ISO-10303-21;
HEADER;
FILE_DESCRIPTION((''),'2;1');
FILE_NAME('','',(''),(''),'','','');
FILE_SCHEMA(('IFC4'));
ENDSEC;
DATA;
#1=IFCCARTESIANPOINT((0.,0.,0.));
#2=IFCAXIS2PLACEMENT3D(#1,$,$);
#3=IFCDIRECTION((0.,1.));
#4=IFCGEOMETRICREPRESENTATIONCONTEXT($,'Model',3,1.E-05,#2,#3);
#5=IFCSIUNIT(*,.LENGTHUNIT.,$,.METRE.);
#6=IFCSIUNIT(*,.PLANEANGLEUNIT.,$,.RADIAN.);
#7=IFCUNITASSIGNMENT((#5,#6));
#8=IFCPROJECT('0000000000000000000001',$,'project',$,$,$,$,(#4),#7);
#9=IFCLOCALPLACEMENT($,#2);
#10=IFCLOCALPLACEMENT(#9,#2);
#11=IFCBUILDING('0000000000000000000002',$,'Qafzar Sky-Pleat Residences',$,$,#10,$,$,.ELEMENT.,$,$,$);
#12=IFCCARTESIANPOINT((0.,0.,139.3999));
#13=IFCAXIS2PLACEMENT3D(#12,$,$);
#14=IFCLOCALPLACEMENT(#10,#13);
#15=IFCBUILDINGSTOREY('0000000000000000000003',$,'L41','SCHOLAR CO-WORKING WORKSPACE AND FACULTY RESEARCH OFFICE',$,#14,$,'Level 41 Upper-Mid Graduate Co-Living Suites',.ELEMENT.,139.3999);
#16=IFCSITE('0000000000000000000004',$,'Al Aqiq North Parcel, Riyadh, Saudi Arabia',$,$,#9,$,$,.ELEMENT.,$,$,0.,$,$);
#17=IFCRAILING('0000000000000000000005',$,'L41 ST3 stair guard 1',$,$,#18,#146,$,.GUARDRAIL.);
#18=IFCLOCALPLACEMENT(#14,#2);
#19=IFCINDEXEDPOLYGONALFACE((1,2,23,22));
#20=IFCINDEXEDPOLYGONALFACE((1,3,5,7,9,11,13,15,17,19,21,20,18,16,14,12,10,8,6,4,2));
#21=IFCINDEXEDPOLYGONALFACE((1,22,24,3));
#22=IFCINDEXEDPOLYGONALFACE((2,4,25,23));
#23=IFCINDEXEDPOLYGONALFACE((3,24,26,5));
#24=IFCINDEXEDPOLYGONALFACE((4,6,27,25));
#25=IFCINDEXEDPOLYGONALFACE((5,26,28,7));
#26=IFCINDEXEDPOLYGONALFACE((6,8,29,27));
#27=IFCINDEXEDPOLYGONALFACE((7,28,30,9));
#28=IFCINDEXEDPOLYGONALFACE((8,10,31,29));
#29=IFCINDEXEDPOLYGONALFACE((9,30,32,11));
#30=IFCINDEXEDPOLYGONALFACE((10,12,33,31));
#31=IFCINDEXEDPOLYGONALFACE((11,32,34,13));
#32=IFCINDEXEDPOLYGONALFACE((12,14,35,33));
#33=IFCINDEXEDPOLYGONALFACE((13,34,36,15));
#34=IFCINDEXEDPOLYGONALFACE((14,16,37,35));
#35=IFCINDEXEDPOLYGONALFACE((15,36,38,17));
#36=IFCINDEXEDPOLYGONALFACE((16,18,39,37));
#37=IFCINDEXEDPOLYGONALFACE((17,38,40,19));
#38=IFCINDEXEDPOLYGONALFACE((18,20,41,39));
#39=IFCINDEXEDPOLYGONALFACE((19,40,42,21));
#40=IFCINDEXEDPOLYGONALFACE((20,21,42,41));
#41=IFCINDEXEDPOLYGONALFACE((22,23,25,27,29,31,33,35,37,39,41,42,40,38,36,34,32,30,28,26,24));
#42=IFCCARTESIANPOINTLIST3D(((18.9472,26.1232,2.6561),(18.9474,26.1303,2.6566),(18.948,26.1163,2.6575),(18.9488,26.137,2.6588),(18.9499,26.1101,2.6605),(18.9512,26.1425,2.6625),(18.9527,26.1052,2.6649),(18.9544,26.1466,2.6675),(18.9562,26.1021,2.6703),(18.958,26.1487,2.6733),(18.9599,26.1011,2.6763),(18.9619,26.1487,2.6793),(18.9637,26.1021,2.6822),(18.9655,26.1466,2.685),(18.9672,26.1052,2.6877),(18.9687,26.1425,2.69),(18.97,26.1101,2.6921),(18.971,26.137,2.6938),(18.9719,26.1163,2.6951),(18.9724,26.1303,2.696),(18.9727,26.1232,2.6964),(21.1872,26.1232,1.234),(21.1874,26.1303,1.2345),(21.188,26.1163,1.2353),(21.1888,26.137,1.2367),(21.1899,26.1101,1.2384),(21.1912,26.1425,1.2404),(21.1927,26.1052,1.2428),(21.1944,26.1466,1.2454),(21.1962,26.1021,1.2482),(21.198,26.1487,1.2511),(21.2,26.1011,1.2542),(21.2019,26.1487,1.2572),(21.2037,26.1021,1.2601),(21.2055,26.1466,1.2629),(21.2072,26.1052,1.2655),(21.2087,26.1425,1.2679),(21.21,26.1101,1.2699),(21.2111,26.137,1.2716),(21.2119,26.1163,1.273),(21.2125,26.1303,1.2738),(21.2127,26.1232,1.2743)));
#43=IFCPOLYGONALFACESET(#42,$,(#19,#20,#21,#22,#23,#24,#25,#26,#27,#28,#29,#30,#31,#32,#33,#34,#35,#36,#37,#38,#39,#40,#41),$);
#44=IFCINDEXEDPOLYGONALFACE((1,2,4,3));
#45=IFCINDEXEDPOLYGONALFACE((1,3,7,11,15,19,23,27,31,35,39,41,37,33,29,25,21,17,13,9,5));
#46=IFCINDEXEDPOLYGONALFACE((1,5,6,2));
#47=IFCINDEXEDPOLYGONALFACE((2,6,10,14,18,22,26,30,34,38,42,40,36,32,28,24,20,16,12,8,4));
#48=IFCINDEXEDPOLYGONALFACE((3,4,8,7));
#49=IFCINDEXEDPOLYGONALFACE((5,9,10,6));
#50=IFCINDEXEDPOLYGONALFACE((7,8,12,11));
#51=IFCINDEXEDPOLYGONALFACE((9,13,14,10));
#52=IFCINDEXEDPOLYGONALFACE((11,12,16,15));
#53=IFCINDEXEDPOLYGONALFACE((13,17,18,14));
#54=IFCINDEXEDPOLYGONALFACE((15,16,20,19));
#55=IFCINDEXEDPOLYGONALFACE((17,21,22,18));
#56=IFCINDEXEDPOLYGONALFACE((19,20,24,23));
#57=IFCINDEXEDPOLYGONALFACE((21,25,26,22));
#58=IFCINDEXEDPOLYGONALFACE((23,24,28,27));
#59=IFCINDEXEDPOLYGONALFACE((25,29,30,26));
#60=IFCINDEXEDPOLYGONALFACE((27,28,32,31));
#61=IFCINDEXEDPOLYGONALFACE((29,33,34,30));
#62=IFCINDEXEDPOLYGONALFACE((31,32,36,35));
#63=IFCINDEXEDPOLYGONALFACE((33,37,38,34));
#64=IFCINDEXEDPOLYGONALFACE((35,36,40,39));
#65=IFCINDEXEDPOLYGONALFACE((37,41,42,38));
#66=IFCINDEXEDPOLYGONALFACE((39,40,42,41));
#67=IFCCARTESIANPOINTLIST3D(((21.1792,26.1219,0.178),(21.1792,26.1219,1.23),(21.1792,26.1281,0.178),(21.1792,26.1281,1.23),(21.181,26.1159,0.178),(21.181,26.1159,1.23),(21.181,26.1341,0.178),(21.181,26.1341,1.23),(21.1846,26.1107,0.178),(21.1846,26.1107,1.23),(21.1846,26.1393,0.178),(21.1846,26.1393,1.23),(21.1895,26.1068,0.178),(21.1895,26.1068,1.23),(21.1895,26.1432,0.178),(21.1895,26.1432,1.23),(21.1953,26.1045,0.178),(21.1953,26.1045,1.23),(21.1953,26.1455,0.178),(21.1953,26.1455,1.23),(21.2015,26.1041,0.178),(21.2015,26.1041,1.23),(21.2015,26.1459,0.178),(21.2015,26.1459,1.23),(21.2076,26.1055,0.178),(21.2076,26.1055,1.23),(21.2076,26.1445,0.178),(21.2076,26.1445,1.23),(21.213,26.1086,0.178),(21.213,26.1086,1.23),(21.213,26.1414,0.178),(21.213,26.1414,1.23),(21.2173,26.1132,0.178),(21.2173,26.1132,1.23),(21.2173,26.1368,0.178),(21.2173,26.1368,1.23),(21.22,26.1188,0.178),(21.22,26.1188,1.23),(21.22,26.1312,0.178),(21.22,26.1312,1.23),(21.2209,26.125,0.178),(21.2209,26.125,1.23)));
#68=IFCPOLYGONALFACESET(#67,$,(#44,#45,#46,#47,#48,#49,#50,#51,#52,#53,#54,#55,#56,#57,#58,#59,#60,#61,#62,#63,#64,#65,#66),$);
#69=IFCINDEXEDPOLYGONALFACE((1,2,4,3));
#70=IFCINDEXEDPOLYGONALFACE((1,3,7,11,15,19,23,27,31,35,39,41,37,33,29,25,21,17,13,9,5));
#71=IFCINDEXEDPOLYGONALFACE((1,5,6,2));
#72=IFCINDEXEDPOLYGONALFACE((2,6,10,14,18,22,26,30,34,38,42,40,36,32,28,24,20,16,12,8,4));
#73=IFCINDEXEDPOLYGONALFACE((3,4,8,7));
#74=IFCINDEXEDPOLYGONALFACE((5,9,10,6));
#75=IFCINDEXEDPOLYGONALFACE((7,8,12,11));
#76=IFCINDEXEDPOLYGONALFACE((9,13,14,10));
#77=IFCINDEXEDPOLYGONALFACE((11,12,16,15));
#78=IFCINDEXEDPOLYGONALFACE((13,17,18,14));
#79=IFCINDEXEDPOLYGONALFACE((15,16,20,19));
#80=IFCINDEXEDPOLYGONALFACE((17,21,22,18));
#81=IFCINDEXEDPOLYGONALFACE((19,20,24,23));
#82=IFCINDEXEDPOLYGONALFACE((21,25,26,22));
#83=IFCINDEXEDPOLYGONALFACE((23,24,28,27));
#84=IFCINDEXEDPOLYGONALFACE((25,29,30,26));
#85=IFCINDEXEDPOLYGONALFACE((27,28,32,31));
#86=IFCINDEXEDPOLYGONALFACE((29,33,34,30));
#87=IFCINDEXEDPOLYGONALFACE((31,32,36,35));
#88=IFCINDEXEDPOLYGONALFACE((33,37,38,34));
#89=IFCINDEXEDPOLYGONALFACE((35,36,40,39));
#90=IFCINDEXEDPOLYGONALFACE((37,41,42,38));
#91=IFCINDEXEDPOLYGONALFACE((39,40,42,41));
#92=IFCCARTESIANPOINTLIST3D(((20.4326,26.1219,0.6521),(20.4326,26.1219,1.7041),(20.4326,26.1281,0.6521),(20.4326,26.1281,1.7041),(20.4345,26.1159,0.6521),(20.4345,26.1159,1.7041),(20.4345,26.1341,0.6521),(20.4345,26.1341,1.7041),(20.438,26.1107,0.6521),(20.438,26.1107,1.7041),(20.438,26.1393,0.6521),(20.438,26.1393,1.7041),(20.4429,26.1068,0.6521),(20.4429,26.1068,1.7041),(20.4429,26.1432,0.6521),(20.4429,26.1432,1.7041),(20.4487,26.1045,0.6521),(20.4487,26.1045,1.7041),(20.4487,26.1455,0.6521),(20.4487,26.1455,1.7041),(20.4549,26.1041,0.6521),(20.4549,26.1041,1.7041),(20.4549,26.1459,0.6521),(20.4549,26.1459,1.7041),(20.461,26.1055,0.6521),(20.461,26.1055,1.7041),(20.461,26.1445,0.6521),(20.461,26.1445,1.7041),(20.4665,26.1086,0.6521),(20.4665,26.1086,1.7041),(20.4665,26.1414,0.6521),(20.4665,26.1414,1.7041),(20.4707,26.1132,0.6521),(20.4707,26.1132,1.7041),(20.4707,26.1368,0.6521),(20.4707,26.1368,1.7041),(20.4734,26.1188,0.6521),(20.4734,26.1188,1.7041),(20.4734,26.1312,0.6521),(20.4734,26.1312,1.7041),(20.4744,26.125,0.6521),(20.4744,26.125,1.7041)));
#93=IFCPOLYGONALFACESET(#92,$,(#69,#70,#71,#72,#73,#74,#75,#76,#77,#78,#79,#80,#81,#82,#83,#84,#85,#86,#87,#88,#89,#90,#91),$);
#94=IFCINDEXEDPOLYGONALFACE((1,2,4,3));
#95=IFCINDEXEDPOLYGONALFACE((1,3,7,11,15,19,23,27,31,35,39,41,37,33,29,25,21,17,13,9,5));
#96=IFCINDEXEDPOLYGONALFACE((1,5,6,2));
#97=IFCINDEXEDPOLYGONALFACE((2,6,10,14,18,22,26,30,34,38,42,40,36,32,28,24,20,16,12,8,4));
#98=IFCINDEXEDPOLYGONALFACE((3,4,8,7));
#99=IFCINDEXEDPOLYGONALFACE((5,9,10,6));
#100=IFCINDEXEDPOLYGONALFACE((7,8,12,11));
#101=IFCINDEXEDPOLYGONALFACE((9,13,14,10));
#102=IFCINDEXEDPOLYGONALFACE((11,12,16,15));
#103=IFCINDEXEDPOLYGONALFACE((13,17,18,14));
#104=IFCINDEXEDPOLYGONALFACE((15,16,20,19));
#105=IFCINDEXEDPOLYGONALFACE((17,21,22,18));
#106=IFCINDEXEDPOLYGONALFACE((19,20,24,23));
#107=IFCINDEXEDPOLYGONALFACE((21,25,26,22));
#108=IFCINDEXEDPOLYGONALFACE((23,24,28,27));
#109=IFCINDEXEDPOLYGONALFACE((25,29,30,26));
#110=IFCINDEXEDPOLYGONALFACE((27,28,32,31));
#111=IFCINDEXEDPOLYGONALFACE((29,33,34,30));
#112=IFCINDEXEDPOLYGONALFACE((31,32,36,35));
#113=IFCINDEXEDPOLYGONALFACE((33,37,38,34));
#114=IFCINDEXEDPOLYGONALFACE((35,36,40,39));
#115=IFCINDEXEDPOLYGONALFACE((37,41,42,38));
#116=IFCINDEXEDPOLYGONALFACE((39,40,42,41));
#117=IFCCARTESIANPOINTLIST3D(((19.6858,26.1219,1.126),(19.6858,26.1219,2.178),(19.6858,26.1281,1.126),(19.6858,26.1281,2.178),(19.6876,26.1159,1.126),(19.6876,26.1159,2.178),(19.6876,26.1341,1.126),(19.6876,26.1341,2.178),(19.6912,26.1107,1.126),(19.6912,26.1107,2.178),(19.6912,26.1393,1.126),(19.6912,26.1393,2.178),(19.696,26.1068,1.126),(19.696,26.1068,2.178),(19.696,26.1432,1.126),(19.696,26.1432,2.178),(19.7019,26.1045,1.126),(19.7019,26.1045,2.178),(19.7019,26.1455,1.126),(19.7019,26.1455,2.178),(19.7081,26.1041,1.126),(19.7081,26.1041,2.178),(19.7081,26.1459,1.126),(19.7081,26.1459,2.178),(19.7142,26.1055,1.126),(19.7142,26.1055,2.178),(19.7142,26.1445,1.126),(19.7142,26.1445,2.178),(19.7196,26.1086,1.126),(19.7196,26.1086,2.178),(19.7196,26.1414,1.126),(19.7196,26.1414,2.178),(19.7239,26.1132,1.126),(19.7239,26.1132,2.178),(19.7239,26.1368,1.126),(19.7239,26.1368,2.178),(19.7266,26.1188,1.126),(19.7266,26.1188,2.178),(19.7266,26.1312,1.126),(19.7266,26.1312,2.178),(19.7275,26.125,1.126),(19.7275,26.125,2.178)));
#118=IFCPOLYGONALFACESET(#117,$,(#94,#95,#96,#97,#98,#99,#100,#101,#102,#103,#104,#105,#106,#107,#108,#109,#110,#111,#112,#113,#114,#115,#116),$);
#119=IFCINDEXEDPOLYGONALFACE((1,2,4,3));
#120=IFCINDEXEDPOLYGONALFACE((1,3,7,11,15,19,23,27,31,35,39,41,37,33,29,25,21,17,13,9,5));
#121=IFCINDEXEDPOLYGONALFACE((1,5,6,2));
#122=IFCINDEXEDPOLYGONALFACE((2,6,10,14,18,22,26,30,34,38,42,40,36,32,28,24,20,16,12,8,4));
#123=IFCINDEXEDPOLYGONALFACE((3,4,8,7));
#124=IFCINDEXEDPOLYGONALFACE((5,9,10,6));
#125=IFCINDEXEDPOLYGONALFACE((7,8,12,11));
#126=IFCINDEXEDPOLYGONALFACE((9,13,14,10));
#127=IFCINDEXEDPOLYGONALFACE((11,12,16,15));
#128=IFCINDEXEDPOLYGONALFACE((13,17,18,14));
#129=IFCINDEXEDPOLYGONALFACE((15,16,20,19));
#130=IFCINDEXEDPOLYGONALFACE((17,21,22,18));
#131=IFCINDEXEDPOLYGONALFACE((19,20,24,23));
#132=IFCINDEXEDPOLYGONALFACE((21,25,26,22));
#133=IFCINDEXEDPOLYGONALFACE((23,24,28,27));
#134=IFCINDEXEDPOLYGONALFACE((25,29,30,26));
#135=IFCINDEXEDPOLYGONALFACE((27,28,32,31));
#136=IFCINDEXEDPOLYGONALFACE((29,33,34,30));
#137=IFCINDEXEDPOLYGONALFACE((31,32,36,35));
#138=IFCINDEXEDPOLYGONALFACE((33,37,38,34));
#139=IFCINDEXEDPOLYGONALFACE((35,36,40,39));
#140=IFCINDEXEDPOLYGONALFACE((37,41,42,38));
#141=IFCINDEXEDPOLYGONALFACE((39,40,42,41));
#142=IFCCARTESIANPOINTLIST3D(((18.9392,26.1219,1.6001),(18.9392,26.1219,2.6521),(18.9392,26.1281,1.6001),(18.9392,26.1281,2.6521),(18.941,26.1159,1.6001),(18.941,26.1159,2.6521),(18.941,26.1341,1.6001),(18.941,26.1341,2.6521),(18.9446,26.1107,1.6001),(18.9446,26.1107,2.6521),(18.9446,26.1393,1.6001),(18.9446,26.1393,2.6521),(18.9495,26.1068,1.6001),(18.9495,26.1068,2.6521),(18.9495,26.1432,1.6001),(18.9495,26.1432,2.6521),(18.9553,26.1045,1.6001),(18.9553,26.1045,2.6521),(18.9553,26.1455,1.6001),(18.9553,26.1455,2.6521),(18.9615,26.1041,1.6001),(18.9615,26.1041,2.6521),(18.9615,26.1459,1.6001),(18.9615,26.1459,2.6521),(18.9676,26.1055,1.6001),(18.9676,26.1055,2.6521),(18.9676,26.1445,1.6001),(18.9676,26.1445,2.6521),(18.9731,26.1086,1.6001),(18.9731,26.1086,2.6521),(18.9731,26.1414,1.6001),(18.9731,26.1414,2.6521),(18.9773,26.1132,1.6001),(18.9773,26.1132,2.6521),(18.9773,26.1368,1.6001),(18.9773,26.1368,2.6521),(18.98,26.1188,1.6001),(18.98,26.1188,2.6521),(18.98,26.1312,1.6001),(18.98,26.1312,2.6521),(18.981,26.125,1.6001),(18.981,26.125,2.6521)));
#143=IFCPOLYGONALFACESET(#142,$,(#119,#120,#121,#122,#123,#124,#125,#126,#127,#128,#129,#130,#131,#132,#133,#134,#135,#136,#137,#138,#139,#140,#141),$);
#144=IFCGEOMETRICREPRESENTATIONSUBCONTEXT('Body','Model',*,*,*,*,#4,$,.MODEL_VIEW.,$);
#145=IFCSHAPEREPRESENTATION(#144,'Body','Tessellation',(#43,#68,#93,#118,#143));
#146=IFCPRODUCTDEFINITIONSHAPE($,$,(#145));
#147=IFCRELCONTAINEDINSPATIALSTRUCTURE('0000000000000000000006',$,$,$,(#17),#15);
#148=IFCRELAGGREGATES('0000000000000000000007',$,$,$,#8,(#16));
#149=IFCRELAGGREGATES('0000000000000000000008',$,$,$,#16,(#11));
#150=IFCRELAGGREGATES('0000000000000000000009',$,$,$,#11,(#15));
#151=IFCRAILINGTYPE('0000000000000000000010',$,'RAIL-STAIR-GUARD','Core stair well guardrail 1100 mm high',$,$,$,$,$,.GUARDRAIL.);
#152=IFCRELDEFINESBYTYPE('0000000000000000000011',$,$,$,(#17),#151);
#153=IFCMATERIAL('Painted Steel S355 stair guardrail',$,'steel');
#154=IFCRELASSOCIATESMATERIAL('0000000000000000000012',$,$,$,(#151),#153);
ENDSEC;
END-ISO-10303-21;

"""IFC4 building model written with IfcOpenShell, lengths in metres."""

from ifc_helpers import new_model, si_unit, direction, frame, origin, origin_2d, place, context, subcontext, project, spatial, circle, extrude, source, transform, mapped, material, type_object, element, save


model = new_model("IFC4")

# Units and contexts
model_context = context("Model", 3, precision=1e-05, world=origin(), true_north=direction((0.0, 1.0)))
body_context = subcontext(model_context, "Body", "Model", "MODEL_VIEW")
ifc_project = project(units=[si_unit("LENGTHUNIT", "METRE"), si_unit("PLANEANGLEUNIT", "RADIAN")], contexts=[model_context])

# Site, building, storey
site_placement = place(None, origin())
site = spatial("IfcSite", under=ifc_project, at=site_placement, Name="Al Aqiq North Parcel, Riyadh, Saudi Arabia", CompositionType="ELEMENT", RefElevation=0.0)
building_placement = place(site_placement, origin())
building = spatial("IfcBuilding", under=site, at=building_placement, Name="Qafzar Sky-Pleat Residences", CompositionType="ELEMENT")
storey_placement = place(building_placement, frame((0.0, 0.0, 139.3999)))
storey = spatial("IfcBuildingStorey", under=building, at=storey_placement, Name="L41", Description="SCHOLAR CO-WORKING WORKSPACE AND FACULTY RESEARCH OFFICE", LongName="Level 41 Upper-Mid Graduate Co-Living Suites", CompositionType="ELEMENT", Elevation=139.3999)

# Railing
ifc_material_1 = material(Name="Painted Steel S355 stair guardrail", Category="steel")
railing_type_1 = type_object("IfcRailingType", Name="RAIL-STAIR-GUARD", Description="Core stair well guardrail 1100 mm high", PredefinedType="GUARDRAIL", material=ifc_material_1)
shared_shape_1 = source(origin(), body_context, "Body", "SweptSolid", [
    extrude(circle(Radius=0.0239, at=origin_2d()), frame((0.0, 0.0, 1.0762), z_axis=(-0.844229, 0.0, 0.535982), x_axis=(0.0, -1.0, 0.0)), (0.0, 0.0, 1.0), 2.6533),
    extrude(circle(Radius=0.021, at=origin_2d()), origin(), (0.0, 0.0, 1.0), 1.052),
    extrude(circle(Radius=0.021, at=origin_2d()), frame((-0.7466, 0.0, 0.4741)), (0.0, 0.0, 1.0), 1.052),
    extrude(circle(Radius=0.021, at=origin_2d()), frame((-1.4934, 0.0, 0.948)), (0.0, 0.0, 1.0), 1.052),
    extrude(circle(Radius=0.021, at=origin_2d()), frame((-2.24, 0.0, 1.4221)), (0.0, 0.0, 1.0), 1.052),
])
railing_1_placement = place(storey_placement, frame((21.2, 26.125, 0.178)))
element("IfcRailing", 1, at=railing_1_placement, inside=storey, type_object=railing_type_1, Name="L41 ST3 stair guard 1", PredefinedType="GUARDRAIL", context=body_context, shape_type="MappedRepresentation", body=[
    mapped(shared_shape_1, transform((0.0, 0.0, 0.0), x_axis=(1.0, 0.0, 0.0), y_axis=(0.0, 1.0, 0.0), z_axis=(0.0, 0.0, 1.0), scale=1.0)),
])

save(model, "model.ifc")
